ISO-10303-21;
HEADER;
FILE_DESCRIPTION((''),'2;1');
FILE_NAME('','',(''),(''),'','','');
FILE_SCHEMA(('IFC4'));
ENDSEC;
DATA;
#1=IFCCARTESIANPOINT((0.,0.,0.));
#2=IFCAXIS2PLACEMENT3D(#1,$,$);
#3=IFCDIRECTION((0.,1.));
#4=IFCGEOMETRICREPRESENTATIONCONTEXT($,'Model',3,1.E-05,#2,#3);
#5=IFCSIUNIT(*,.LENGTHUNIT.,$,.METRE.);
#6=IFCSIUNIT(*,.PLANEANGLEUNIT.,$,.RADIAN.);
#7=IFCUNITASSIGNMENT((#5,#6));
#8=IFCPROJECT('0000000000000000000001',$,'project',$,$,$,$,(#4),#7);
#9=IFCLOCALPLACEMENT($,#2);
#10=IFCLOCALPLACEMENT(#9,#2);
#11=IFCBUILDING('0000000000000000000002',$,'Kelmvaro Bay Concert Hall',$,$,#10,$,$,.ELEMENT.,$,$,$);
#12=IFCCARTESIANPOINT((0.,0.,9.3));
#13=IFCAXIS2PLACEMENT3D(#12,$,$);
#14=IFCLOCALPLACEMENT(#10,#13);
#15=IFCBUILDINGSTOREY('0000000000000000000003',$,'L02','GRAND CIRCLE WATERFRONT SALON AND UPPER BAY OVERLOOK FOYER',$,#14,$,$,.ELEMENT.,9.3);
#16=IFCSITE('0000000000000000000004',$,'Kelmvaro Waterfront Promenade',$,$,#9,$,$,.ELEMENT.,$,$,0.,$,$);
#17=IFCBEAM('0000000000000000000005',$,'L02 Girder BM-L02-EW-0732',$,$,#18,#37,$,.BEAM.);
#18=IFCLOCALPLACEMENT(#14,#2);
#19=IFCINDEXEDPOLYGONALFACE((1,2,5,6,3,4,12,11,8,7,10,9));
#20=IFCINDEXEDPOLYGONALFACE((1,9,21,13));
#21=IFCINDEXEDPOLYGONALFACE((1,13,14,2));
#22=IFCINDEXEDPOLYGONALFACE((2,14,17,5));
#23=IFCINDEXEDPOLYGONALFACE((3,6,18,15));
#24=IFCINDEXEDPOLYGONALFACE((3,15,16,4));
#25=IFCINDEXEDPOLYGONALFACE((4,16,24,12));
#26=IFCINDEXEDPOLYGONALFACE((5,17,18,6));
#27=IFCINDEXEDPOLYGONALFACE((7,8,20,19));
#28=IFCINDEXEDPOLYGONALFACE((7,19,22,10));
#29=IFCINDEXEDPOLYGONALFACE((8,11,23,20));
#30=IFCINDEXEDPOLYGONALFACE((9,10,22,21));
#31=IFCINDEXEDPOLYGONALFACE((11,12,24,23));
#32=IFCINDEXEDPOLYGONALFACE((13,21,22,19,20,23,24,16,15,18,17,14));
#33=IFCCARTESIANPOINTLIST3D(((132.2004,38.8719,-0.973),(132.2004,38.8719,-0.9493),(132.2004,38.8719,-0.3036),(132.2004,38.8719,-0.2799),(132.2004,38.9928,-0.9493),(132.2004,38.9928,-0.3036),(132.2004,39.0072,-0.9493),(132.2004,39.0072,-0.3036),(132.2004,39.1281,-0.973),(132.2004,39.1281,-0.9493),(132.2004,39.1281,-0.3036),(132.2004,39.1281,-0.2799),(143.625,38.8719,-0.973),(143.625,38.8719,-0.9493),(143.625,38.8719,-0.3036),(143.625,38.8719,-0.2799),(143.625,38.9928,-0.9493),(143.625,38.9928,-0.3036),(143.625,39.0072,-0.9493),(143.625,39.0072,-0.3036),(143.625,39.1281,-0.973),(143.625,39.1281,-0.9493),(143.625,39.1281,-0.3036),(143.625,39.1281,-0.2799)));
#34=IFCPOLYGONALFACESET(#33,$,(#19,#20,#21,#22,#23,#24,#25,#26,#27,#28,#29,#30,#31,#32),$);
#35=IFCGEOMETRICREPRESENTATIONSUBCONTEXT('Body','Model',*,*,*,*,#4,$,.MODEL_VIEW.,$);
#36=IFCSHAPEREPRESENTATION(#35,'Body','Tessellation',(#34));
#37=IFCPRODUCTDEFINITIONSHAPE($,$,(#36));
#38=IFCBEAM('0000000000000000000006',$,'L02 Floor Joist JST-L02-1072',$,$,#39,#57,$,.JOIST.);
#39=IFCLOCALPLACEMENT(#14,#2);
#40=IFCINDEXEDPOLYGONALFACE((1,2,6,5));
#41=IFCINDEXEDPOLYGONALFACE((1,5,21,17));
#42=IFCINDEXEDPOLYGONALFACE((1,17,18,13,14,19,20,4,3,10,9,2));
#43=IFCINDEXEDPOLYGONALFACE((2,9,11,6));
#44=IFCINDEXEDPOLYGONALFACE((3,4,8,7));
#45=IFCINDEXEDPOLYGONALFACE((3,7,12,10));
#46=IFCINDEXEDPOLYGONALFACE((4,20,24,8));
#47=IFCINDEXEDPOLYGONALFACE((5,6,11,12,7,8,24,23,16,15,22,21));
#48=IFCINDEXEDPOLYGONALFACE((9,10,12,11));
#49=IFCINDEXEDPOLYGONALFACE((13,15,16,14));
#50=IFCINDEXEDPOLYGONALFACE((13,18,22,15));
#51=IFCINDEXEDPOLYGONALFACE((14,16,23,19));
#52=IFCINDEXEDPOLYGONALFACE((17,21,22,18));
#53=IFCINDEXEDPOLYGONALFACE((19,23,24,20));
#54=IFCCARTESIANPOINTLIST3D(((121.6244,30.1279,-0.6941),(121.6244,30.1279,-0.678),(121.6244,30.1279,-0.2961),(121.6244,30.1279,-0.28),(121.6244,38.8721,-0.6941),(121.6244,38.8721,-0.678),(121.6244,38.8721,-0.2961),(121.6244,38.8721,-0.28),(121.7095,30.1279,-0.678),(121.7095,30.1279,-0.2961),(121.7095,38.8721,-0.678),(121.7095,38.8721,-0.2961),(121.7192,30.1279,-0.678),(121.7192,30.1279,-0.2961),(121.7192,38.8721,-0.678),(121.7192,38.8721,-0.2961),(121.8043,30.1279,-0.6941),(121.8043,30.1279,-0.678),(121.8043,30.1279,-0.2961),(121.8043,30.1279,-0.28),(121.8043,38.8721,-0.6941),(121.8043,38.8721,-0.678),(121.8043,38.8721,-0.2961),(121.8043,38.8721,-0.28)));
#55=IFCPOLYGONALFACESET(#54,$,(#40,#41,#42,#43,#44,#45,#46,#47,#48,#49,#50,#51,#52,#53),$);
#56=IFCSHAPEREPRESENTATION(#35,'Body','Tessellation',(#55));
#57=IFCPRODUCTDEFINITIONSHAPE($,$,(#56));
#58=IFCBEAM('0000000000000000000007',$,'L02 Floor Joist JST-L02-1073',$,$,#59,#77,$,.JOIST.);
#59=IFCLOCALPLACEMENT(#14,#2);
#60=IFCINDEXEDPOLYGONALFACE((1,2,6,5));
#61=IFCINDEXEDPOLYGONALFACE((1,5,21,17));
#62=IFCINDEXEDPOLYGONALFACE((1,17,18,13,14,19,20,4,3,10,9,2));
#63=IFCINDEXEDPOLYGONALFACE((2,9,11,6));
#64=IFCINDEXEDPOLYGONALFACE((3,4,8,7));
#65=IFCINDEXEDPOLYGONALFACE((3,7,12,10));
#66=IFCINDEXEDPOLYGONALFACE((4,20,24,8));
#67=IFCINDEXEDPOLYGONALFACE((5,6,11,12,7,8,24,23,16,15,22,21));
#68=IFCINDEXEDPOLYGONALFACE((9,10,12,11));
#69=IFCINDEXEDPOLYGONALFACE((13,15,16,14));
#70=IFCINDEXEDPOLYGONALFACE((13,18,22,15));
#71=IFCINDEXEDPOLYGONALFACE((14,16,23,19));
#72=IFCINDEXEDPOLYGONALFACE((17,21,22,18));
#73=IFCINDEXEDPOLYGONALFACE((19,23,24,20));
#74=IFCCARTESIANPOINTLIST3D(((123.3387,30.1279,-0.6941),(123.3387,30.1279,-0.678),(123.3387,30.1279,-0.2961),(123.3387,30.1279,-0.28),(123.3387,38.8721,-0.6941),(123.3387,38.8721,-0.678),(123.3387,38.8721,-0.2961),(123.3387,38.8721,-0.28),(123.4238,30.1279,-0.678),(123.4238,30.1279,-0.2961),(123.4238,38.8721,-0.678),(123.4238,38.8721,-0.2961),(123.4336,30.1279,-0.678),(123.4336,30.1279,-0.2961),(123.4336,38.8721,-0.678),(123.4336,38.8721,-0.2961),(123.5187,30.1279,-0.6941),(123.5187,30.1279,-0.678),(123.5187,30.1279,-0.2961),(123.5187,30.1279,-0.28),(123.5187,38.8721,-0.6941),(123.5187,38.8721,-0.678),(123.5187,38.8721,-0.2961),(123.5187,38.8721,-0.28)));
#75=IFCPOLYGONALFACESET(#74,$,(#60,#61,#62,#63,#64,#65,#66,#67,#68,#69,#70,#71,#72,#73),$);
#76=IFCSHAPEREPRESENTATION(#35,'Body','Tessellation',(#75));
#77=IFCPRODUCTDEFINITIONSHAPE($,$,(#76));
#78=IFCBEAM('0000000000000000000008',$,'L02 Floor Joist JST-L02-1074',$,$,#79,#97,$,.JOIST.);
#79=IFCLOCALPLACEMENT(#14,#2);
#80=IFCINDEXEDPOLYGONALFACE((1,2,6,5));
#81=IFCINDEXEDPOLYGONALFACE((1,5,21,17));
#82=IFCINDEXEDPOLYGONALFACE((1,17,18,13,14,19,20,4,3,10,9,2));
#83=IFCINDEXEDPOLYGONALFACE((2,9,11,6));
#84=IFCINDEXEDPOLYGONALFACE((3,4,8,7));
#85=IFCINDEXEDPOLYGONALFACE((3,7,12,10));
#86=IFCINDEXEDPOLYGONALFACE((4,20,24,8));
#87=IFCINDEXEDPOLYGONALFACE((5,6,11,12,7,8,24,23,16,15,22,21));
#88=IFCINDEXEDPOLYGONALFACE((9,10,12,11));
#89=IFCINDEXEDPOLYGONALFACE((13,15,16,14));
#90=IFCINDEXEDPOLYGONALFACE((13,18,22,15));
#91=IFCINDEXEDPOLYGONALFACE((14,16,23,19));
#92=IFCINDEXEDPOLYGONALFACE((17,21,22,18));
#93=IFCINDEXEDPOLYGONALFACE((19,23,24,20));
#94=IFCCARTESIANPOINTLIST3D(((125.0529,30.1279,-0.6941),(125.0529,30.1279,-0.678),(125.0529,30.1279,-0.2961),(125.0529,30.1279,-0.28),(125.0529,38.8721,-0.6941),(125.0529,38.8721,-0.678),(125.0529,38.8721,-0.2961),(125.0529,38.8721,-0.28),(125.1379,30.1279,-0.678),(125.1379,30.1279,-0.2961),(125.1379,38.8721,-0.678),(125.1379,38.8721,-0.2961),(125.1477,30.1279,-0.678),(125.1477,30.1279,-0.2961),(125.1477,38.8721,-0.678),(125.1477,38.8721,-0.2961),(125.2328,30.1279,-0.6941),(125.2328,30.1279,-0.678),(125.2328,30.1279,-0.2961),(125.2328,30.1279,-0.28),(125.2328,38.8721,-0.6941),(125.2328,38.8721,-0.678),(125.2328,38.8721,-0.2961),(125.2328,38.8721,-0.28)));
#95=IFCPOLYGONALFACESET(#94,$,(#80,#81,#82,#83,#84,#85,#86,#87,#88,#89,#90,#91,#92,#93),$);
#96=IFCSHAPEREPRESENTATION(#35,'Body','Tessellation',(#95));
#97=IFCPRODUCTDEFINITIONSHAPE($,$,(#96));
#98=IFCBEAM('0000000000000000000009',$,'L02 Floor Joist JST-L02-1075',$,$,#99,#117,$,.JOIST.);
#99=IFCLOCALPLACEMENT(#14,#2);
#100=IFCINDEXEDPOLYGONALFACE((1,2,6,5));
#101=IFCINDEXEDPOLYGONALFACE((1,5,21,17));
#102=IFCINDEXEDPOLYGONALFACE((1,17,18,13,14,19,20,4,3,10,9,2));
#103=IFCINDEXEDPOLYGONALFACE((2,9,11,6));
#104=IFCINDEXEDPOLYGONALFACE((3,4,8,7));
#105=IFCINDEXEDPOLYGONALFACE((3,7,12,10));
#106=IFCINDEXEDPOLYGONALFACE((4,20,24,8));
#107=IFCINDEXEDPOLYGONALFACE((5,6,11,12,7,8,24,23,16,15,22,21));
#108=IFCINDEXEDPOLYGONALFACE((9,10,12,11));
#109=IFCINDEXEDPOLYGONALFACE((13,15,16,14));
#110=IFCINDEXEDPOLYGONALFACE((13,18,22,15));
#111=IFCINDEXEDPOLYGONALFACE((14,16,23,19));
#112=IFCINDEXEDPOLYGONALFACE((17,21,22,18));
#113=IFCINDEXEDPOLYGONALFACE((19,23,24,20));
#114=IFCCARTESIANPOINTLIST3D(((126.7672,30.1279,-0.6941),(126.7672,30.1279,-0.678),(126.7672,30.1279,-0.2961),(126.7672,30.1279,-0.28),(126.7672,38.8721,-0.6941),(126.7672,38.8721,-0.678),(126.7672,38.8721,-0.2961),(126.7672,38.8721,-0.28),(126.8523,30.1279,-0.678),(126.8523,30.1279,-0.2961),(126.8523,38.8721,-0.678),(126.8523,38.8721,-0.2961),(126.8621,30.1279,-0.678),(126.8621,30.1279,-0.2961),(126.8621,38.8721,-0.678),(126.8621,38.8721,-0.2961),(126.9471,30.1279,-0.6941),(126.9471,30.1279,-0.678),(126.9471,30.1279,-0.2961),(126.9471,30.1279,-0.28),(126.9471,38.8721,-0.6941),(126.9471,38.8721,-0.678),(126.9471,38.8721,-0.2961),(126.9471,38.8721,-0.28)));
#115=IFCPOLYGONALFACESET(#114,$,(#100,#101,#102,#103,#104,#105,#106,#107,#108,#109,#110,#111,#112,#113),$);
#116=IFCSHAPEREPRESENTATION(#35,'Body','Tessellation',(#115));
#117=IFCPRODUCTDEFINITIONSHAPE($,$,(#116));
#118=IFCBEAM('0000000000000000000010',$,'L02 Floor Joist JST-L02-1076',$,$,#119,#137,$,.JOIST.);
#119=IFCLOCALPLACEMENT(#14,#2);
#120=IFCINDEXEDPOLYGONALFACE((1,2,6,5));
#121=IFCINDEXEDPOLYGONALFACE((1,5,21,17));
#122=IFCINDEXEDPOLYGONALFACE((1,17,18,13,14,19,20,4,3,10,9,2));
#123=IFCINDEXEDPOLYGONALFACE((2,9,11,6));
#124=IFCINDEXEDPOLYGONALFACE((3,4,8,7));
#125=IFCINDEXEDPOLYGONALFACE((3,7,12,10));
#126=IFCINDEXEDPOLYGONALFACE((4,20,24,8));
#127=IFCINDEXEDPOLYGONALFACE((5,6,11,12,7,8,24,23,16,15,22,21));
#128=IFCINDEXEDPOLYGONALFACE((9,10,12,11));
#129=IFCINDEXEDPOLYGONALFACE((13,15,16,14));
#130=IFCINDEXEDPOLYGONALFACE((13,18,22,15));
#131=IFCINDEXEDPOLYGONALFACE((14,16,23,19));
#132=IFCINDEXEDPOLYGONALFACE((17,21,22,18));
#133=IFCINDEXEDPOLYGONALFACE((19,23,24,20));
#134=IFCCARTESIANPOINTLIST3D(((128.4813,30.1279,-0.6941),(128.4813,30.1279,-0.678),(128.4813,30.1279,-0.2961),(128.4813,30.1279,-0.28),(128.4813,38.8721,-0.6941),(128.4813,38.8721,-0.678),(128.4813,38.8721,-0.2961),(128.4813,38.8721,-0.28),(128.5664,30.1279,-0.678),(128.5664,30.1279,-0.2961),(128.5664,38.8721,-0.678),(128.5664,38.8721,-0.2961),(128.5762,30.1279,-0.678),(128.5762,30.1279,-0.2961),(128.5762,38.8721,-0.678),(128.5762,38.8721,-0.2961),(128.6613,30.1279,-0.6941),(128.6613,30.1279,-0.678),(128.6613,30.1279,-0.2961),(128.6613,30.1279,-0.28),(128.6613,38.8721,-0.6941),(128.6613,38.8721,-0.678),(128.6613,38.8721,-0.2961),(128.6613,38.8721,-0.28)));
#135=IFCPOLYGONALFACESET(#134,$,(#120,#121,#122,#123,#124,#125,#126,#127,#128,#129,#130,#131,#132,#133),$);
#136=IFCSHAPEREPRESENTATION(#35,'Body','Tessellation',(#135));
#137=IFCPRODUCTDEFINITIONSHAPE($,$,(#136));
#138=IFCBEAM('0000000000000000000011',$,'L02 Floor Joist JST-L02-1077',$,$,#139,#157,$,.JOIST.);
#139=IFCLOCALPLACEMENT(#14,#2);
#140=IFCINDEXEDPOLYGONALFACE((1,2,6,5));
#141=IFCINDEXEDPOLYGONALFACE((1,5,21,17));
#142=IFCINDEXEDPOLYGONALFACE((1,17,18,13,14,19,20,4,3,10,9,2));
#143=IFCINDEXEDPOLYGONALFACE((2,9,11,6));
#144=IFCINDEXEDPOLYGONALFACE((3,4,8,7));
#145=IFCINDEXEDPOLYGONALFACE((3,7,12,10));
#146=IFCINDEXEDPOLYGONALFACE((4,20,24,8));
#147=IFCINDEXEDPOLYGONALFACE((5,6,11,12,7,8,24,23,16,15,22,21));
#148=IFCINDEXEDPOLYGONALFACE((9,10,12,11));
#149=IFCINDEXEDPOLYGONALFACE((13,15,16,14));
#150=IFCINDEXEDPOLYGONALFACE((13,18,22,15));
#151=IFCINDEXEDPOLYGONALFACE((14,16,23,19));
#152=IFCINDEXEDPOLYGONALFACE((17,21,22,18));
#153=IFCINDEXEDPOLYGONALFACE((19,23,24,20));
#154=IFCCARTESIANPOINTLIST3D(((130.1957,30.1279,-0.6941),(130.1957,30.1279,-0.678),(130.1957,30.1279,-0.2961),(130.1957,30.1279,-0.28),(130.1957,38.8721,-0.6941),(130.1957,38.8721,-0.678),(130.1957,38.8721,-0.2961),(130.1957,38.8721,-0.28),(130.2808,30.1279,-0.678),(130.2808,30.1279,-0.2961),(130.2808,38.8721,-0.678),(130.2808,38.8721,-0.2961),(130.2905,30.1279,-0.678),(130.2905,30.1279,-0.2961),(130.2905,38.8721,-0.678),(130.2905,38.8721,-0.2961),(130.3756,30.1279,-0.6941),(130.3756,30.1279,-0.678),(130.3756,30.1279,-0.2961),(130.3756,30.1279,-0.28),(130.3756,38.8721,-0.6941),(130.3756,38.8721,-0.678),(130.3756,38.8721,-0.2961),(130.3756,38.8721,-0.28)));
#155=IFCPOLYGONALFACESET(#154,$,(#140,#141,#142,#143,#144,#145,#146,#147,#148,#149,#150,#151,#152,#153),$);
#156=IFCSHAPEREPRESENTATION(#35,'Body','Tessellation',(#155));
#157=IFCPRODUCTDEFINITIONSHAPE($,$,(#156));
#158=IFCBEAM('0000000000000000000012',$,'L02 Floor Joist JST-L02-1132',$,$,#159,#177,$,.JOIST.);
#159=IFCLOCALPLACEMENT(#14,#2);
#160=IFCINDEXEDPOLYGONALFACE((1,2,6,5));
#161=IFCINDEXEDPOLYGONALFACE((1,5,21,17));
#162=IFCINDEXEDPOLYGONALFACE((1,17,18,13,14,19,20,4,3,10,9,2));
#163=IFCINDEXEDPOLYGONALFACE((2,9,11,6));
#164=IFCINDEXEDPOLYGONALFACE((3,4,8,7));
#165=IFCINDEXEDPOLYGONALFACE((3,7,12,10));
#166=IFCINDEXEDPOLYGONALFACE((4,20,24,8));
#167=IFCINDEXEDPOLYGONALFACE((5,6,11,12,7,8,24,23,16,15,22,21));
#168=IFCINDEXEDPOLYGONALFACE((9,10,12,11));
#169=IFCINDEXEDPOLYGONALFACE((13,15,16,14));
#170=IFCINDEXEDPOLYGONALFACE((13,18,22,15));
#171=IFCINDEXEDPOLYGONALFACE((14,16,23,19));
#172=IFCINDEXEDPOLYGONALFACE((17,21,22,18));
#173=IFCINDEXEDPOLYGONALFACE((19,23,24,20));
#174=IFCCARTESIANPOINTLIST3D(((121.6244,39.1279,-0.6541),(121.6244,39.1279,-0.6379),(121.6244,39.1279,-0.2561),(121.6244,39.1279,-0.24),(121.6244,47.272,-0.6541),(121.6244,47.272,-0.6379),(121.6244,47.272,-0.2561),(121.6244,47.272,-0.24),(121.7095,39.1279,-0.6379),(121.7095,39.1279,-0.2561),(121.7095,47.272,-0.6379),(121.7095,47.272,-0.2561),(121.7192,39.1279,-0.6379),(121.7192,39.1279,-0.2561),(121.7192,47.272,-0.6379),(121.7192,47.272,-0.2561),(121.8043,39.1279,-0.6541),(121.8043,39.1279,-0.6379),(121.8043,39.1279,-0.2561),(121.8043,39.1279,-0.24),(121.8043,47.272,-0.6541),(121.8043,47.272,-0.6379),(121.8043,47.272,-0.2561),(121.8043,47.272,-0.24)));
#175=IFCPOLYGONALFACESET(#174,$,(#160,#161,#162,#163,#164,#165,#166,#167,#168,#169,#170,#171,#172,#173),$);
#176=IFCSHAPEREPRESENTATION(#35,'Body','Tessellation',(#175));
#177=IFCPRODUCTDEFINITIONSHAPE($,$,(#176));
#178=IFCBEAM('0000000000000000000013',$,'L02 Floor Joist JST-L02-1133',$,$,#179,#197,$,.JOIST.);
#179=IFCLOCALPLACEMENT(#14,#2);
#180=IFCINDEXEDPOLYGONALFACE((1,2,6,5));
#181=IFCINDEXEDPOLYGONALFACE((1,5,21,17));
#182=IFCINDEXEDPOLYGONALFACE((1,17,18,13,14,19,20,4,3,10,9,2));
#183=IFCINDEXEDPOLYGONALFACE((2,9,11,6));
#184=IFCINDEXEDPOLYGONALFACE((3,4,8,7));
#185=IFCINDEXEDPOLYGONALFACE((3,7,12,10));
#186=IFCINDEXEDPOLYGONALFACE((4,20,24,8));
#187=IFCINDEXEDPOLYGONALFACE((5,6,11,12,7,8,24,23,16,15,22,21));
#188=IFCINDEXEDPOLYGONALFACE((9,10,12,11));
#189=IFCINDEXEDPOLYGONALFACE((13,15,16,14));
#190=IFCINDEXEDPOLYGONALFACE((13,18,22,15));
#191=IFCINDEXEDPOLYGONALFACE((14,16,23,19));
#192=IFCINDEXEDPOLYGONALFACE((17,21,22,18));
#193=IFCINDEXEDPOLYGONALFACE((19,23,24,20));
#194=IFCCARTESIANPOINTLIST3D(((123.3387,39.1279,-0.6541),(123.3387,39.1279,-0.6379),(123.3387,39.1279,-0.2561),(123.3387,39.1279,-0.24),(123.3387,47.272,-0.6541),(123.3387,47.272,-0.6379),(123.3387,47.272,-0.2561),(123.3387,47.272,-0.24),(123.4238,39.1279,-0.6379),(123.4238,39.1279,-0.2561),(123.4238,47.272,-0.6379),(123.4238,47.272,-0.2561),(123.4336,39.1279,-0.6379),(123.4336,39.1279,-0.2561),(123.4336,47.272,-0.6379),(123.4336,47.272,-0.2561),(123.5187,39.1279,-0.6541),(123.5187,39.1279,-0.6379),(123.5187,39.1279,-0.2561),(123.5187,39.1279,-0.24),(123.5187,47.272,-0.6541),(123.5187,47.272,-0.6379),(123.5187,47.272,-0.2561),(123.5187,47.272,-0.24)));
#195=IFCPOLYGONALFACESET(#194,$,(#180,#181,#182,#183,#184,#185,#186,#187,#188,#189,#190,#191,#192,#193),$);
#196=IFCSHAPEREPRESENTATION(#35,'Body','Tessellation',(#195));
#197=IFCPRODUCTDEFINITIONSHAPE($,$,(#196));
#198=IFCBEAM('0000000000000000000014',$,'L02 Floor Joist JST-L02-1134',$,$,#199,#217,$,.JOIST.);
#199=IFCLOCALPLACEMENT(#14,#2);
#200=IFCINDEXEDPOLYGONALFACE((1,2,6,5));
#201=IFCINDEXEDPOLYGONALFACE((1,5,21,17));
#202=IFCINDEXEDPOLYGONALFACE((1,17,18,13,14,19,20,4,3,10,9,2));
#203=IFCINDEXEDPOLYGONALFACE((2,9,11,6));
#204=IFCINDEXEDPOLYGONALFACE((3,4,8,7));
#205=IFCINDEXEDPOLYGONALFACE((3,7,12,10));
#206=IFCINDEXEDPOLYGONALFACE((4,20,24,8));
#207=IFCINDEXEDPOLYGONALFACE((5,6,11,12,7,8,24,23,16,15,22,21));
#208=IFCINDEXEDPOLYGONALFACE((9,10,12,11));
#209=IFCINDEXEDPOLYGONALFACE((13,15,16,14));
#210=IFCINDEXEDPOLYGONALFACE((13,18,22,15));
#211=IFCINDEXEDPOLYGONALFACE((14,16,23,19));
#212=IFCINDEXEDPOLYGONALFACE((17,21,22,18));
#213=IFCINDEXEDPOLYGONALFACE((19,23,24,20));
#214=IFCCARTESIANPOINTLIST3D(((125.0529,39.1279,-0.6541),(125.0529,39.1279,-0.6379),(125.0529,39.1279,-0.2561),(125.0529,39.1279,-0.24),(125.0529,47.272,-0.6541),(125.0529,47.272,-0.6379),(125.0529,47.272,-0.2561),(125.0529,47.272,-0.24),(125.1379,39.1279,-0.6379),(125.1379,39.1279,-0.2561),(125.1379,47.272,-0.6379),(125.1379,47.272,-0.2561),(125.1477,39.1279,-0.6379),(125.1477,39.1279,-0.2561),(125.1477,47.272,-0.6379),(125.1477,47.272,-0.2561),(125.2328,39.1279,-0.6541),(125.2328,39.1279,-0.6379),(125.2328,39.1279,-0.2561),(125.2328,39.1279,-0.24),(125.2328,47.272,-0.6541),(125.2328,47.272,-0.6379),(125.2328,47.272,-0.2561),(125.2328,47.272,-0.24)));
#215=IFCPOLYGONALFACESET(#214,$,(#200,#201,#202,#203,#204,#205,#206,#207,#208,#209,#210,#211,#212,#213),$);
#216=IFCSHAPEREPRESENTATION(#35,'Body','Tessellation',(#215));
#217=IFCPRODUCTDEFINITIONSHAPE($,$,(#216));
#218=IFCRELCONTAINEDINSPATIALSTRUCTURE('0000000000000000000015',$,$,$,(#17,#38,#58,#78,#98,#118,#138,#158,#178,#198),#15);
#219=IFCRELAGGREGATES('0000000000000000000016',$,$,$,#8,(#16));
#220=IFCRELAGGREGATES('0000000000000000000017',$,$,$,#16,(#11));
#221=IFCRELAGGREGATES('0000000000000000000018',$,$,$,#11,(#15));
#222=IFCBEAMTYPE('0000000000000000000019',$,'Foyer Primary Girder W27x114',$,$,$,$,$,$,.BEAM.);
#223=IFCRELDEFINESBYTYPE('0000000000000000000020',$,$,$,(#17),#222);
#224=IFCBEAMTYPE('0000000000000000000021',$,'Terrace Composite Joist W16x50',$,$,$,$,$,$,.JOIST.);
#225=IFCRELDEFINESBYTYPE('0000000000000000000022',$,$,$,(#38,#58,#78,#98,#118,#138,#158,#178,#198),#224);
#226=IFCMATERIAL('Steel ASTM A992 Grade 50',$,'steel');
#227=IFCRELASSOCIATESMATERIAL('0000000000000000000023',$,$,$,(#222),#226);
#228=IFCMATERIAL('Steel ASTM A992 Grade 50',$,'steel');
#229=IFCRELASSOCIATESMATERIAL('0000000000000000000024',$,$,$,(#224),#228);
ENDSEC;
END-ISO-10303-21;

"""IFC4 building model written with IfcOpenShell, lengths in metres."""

from ifc_helpers import new_model, si_unit, direction, frame, origin, origin_2d, place, context, subcontext, project, spatial, i_section, extrude, material, material_profile, profile_set, type_object, element, save


model = new_model("IFC4")

# Units and contexts
model_context = context("Model", 3, precision=1e-05, world=origin(), true_north=direction((0.0, 1.0)))
body_context = subcontext(model_context, "Body", "Model", "MODEL_VIEW")
ifc_project = project(units=[si_unit("LENGTHUNIT", "METRE"), si_unit("PLANEANGLEUNIT", "RADIAN")], contexts=[model_context])

# Site, building, storey
site_placement = place(None, origin())
site = spatial("IfcSite", under=ifc_project, at=site_placement, Name="Kelmvaro Waterfront Promenade", CompositionType="ELEMENT", RefElevation=0.0)
building_placement = place(site_placement, origin())
building = spatial("IfcBuilding", under=site, at=building_placement, Name="Kelmvaro Bay Concert Hall", CompositionType="ELEMENT")
storey_placement = place(building_placement, frame((0.0, 0.0, 9.3)))
storey = spatial("IfcBuildingStorey", under=building, at=storey_placement, Name="L02", Description="GRAND CIRCLE WATERFRONT SALON AND UPPER BAY OVERLOOK FOYER", CompositionType="ELEMENT", Elevation=9.3)

# Beams
ifc_material_1 = material(Name="Steel ASTM A992 Grade 50", Category="steel")
ifc_material_profile_1 = material_profile(ifc_material_1, i_section(OverallWidth=0.2561, OverallDepth=0.6931, WebThickness=0.0144, FlangeThickness=0.0237, at=origin_2d()), Name="W27X114")
ifc_profile_set_1 = profile_set([ifc_material_profile_1], Name="Steel ASTM A992 Grade 50")
beam_type_1 = type_object("IfcBeamType", Name="Foyer Primary Girder W27x114", PredefinedType="BEAM", material=ifc_profile_set_1)
beam_1_placement = place(storey_placement, frame((132.2004, 39.0, -0.6265), z_axis=(1.0, 0.0, 0.0), x_axis=(0.0, 1.0, 0.0)))
element("IfcBeam", 1, at=beam_1_placement, inside=storey, type_object=beam_type_1, Name="L02 Girder BM-L02-EW-0732", PredefinedType="BEAM", context=body_context, shape_type="SweptSolid", body=[
    extrude(i_section(OverallWidth=0.2561, OverallDepth=0.6931, WebThickness=0.0144, FlangeThickness=0.0237, at=origin_2d()), origin(), (0.0, 0.0, 1.0), 11.4246),
])
ifc_material_2 = material(Name="Steel ASTM A992 Grade 50", Category="steel")
ifc_material_profile_2 = material_profile(ifc_material_2, i_section(OverallWidth=0.1799, OverallDepth=0.4141, WebThickness=0.0098, FlangeThickness=0.0161, at=origin_2d()), Name="W16X50")
ifc_profile_set_2 = profile_set([ifc_material_profile_2], Name="Steel ASTM A992 Grade 50")
beam_type_2 = type_object("IfcBeamType", Name="Terrace Composite Joist W16x50", PredefinedType="JOIST", material=ifc_profile_set_2)
for number, where, z_axis, x_axis, name in (
    (2, (121.7144, 30.1279, -0.4871), (0.0, 1.0, 0.0), (-1.0, 0.0, 0.0), "L02 Floor Joist JST-L02-1072"),
    (3, (123.4287, 30.1279, -0.4871), (0.0, 1.0, 0.0), (-1.0, 0.0, 0.0), "L02 Floor Joist JST-L02-1073"),
    (4, (125.1428, 30.1279, -0.4871), (0.0, 1.0, 0.0), (-1.0, 0.0, 0.0), "L02 Floor Joist JST-L02-1074"),
    (5, (126.8572, 30.1279, -0.4871), (0.0, 1.0, 0.0), (-1.0, 0.0, 0.0), "L02 Floor Joist JST-L02-1075"),
    (6, (128.5713, 30.1279, -0.4871), (0.0, 1.0, 0.0), (-1.0, 0.0, 0.0), "L02 Floor Joist JST-L02-1076"),
    (7, (130.2856, 30.1279, -0.4871), (0.0, 1.0, 0.0), (-1.0, 0.0, 0.0), "L02 Floor Joist JST-L02-1077"),
):
    element("IfcBeam", number, at=place(storey_placement, frame(where, z_axis=z_axis, x_axis=x_axis)), inside=storey, type_object=beam_type_2, Name=name, PredefinedType="JOIST", context=body_context, shape_type="SweptSolid", body=[
        extrude(i_section(OverallWidth=0.1799, OverallDepth=0.4141, WebThickness=0.0098, FlangeThickness=0.0161, at=origin_2d()), origin(), (0.0, 0.0, 1.0), 8.7441),
    ])
for number, where, z_axis, x_axis, name in (
    (8, (121.7144, 39.1279, -0.447), (0.0, 1.0, 0.0), (-1.0, 0.0, 0.0), "L02 Floor Joist JST-L02-1132"),
    (9, (123.4287, 39.1279, -0.447), (0.0, 1.0, 0.0), (-1.0, 0.0, 0.0), "L02 Floor Joist JST-L02-1133"),
    (10, (125.1428, 39.1279, -0.447), (0.0, 1.0, 0.0), (-1.0, 0.0, 0.0), "L02 Floor Joist JST-L02-1134"),
):
    element("IfcBeam", number, at=place(storey_placement, frame(where, z_axis=z_axis, x_axis=x_axis)), inside=storey, type_object=beam_type_2, Name=name, PredefinedType="JOIST", context=body_context, shape_type="SweptSolid", body=[
        extrude(i_section(OverallWidth=0.1799, OverallDepth=0.4141, WebThickness=0.0098, FlangeThickness=0.0161, at=origin_2d()), origin(), (0.0, 0.0, 1.0), 8.144),
    ])

save(model, "model.ifc")
